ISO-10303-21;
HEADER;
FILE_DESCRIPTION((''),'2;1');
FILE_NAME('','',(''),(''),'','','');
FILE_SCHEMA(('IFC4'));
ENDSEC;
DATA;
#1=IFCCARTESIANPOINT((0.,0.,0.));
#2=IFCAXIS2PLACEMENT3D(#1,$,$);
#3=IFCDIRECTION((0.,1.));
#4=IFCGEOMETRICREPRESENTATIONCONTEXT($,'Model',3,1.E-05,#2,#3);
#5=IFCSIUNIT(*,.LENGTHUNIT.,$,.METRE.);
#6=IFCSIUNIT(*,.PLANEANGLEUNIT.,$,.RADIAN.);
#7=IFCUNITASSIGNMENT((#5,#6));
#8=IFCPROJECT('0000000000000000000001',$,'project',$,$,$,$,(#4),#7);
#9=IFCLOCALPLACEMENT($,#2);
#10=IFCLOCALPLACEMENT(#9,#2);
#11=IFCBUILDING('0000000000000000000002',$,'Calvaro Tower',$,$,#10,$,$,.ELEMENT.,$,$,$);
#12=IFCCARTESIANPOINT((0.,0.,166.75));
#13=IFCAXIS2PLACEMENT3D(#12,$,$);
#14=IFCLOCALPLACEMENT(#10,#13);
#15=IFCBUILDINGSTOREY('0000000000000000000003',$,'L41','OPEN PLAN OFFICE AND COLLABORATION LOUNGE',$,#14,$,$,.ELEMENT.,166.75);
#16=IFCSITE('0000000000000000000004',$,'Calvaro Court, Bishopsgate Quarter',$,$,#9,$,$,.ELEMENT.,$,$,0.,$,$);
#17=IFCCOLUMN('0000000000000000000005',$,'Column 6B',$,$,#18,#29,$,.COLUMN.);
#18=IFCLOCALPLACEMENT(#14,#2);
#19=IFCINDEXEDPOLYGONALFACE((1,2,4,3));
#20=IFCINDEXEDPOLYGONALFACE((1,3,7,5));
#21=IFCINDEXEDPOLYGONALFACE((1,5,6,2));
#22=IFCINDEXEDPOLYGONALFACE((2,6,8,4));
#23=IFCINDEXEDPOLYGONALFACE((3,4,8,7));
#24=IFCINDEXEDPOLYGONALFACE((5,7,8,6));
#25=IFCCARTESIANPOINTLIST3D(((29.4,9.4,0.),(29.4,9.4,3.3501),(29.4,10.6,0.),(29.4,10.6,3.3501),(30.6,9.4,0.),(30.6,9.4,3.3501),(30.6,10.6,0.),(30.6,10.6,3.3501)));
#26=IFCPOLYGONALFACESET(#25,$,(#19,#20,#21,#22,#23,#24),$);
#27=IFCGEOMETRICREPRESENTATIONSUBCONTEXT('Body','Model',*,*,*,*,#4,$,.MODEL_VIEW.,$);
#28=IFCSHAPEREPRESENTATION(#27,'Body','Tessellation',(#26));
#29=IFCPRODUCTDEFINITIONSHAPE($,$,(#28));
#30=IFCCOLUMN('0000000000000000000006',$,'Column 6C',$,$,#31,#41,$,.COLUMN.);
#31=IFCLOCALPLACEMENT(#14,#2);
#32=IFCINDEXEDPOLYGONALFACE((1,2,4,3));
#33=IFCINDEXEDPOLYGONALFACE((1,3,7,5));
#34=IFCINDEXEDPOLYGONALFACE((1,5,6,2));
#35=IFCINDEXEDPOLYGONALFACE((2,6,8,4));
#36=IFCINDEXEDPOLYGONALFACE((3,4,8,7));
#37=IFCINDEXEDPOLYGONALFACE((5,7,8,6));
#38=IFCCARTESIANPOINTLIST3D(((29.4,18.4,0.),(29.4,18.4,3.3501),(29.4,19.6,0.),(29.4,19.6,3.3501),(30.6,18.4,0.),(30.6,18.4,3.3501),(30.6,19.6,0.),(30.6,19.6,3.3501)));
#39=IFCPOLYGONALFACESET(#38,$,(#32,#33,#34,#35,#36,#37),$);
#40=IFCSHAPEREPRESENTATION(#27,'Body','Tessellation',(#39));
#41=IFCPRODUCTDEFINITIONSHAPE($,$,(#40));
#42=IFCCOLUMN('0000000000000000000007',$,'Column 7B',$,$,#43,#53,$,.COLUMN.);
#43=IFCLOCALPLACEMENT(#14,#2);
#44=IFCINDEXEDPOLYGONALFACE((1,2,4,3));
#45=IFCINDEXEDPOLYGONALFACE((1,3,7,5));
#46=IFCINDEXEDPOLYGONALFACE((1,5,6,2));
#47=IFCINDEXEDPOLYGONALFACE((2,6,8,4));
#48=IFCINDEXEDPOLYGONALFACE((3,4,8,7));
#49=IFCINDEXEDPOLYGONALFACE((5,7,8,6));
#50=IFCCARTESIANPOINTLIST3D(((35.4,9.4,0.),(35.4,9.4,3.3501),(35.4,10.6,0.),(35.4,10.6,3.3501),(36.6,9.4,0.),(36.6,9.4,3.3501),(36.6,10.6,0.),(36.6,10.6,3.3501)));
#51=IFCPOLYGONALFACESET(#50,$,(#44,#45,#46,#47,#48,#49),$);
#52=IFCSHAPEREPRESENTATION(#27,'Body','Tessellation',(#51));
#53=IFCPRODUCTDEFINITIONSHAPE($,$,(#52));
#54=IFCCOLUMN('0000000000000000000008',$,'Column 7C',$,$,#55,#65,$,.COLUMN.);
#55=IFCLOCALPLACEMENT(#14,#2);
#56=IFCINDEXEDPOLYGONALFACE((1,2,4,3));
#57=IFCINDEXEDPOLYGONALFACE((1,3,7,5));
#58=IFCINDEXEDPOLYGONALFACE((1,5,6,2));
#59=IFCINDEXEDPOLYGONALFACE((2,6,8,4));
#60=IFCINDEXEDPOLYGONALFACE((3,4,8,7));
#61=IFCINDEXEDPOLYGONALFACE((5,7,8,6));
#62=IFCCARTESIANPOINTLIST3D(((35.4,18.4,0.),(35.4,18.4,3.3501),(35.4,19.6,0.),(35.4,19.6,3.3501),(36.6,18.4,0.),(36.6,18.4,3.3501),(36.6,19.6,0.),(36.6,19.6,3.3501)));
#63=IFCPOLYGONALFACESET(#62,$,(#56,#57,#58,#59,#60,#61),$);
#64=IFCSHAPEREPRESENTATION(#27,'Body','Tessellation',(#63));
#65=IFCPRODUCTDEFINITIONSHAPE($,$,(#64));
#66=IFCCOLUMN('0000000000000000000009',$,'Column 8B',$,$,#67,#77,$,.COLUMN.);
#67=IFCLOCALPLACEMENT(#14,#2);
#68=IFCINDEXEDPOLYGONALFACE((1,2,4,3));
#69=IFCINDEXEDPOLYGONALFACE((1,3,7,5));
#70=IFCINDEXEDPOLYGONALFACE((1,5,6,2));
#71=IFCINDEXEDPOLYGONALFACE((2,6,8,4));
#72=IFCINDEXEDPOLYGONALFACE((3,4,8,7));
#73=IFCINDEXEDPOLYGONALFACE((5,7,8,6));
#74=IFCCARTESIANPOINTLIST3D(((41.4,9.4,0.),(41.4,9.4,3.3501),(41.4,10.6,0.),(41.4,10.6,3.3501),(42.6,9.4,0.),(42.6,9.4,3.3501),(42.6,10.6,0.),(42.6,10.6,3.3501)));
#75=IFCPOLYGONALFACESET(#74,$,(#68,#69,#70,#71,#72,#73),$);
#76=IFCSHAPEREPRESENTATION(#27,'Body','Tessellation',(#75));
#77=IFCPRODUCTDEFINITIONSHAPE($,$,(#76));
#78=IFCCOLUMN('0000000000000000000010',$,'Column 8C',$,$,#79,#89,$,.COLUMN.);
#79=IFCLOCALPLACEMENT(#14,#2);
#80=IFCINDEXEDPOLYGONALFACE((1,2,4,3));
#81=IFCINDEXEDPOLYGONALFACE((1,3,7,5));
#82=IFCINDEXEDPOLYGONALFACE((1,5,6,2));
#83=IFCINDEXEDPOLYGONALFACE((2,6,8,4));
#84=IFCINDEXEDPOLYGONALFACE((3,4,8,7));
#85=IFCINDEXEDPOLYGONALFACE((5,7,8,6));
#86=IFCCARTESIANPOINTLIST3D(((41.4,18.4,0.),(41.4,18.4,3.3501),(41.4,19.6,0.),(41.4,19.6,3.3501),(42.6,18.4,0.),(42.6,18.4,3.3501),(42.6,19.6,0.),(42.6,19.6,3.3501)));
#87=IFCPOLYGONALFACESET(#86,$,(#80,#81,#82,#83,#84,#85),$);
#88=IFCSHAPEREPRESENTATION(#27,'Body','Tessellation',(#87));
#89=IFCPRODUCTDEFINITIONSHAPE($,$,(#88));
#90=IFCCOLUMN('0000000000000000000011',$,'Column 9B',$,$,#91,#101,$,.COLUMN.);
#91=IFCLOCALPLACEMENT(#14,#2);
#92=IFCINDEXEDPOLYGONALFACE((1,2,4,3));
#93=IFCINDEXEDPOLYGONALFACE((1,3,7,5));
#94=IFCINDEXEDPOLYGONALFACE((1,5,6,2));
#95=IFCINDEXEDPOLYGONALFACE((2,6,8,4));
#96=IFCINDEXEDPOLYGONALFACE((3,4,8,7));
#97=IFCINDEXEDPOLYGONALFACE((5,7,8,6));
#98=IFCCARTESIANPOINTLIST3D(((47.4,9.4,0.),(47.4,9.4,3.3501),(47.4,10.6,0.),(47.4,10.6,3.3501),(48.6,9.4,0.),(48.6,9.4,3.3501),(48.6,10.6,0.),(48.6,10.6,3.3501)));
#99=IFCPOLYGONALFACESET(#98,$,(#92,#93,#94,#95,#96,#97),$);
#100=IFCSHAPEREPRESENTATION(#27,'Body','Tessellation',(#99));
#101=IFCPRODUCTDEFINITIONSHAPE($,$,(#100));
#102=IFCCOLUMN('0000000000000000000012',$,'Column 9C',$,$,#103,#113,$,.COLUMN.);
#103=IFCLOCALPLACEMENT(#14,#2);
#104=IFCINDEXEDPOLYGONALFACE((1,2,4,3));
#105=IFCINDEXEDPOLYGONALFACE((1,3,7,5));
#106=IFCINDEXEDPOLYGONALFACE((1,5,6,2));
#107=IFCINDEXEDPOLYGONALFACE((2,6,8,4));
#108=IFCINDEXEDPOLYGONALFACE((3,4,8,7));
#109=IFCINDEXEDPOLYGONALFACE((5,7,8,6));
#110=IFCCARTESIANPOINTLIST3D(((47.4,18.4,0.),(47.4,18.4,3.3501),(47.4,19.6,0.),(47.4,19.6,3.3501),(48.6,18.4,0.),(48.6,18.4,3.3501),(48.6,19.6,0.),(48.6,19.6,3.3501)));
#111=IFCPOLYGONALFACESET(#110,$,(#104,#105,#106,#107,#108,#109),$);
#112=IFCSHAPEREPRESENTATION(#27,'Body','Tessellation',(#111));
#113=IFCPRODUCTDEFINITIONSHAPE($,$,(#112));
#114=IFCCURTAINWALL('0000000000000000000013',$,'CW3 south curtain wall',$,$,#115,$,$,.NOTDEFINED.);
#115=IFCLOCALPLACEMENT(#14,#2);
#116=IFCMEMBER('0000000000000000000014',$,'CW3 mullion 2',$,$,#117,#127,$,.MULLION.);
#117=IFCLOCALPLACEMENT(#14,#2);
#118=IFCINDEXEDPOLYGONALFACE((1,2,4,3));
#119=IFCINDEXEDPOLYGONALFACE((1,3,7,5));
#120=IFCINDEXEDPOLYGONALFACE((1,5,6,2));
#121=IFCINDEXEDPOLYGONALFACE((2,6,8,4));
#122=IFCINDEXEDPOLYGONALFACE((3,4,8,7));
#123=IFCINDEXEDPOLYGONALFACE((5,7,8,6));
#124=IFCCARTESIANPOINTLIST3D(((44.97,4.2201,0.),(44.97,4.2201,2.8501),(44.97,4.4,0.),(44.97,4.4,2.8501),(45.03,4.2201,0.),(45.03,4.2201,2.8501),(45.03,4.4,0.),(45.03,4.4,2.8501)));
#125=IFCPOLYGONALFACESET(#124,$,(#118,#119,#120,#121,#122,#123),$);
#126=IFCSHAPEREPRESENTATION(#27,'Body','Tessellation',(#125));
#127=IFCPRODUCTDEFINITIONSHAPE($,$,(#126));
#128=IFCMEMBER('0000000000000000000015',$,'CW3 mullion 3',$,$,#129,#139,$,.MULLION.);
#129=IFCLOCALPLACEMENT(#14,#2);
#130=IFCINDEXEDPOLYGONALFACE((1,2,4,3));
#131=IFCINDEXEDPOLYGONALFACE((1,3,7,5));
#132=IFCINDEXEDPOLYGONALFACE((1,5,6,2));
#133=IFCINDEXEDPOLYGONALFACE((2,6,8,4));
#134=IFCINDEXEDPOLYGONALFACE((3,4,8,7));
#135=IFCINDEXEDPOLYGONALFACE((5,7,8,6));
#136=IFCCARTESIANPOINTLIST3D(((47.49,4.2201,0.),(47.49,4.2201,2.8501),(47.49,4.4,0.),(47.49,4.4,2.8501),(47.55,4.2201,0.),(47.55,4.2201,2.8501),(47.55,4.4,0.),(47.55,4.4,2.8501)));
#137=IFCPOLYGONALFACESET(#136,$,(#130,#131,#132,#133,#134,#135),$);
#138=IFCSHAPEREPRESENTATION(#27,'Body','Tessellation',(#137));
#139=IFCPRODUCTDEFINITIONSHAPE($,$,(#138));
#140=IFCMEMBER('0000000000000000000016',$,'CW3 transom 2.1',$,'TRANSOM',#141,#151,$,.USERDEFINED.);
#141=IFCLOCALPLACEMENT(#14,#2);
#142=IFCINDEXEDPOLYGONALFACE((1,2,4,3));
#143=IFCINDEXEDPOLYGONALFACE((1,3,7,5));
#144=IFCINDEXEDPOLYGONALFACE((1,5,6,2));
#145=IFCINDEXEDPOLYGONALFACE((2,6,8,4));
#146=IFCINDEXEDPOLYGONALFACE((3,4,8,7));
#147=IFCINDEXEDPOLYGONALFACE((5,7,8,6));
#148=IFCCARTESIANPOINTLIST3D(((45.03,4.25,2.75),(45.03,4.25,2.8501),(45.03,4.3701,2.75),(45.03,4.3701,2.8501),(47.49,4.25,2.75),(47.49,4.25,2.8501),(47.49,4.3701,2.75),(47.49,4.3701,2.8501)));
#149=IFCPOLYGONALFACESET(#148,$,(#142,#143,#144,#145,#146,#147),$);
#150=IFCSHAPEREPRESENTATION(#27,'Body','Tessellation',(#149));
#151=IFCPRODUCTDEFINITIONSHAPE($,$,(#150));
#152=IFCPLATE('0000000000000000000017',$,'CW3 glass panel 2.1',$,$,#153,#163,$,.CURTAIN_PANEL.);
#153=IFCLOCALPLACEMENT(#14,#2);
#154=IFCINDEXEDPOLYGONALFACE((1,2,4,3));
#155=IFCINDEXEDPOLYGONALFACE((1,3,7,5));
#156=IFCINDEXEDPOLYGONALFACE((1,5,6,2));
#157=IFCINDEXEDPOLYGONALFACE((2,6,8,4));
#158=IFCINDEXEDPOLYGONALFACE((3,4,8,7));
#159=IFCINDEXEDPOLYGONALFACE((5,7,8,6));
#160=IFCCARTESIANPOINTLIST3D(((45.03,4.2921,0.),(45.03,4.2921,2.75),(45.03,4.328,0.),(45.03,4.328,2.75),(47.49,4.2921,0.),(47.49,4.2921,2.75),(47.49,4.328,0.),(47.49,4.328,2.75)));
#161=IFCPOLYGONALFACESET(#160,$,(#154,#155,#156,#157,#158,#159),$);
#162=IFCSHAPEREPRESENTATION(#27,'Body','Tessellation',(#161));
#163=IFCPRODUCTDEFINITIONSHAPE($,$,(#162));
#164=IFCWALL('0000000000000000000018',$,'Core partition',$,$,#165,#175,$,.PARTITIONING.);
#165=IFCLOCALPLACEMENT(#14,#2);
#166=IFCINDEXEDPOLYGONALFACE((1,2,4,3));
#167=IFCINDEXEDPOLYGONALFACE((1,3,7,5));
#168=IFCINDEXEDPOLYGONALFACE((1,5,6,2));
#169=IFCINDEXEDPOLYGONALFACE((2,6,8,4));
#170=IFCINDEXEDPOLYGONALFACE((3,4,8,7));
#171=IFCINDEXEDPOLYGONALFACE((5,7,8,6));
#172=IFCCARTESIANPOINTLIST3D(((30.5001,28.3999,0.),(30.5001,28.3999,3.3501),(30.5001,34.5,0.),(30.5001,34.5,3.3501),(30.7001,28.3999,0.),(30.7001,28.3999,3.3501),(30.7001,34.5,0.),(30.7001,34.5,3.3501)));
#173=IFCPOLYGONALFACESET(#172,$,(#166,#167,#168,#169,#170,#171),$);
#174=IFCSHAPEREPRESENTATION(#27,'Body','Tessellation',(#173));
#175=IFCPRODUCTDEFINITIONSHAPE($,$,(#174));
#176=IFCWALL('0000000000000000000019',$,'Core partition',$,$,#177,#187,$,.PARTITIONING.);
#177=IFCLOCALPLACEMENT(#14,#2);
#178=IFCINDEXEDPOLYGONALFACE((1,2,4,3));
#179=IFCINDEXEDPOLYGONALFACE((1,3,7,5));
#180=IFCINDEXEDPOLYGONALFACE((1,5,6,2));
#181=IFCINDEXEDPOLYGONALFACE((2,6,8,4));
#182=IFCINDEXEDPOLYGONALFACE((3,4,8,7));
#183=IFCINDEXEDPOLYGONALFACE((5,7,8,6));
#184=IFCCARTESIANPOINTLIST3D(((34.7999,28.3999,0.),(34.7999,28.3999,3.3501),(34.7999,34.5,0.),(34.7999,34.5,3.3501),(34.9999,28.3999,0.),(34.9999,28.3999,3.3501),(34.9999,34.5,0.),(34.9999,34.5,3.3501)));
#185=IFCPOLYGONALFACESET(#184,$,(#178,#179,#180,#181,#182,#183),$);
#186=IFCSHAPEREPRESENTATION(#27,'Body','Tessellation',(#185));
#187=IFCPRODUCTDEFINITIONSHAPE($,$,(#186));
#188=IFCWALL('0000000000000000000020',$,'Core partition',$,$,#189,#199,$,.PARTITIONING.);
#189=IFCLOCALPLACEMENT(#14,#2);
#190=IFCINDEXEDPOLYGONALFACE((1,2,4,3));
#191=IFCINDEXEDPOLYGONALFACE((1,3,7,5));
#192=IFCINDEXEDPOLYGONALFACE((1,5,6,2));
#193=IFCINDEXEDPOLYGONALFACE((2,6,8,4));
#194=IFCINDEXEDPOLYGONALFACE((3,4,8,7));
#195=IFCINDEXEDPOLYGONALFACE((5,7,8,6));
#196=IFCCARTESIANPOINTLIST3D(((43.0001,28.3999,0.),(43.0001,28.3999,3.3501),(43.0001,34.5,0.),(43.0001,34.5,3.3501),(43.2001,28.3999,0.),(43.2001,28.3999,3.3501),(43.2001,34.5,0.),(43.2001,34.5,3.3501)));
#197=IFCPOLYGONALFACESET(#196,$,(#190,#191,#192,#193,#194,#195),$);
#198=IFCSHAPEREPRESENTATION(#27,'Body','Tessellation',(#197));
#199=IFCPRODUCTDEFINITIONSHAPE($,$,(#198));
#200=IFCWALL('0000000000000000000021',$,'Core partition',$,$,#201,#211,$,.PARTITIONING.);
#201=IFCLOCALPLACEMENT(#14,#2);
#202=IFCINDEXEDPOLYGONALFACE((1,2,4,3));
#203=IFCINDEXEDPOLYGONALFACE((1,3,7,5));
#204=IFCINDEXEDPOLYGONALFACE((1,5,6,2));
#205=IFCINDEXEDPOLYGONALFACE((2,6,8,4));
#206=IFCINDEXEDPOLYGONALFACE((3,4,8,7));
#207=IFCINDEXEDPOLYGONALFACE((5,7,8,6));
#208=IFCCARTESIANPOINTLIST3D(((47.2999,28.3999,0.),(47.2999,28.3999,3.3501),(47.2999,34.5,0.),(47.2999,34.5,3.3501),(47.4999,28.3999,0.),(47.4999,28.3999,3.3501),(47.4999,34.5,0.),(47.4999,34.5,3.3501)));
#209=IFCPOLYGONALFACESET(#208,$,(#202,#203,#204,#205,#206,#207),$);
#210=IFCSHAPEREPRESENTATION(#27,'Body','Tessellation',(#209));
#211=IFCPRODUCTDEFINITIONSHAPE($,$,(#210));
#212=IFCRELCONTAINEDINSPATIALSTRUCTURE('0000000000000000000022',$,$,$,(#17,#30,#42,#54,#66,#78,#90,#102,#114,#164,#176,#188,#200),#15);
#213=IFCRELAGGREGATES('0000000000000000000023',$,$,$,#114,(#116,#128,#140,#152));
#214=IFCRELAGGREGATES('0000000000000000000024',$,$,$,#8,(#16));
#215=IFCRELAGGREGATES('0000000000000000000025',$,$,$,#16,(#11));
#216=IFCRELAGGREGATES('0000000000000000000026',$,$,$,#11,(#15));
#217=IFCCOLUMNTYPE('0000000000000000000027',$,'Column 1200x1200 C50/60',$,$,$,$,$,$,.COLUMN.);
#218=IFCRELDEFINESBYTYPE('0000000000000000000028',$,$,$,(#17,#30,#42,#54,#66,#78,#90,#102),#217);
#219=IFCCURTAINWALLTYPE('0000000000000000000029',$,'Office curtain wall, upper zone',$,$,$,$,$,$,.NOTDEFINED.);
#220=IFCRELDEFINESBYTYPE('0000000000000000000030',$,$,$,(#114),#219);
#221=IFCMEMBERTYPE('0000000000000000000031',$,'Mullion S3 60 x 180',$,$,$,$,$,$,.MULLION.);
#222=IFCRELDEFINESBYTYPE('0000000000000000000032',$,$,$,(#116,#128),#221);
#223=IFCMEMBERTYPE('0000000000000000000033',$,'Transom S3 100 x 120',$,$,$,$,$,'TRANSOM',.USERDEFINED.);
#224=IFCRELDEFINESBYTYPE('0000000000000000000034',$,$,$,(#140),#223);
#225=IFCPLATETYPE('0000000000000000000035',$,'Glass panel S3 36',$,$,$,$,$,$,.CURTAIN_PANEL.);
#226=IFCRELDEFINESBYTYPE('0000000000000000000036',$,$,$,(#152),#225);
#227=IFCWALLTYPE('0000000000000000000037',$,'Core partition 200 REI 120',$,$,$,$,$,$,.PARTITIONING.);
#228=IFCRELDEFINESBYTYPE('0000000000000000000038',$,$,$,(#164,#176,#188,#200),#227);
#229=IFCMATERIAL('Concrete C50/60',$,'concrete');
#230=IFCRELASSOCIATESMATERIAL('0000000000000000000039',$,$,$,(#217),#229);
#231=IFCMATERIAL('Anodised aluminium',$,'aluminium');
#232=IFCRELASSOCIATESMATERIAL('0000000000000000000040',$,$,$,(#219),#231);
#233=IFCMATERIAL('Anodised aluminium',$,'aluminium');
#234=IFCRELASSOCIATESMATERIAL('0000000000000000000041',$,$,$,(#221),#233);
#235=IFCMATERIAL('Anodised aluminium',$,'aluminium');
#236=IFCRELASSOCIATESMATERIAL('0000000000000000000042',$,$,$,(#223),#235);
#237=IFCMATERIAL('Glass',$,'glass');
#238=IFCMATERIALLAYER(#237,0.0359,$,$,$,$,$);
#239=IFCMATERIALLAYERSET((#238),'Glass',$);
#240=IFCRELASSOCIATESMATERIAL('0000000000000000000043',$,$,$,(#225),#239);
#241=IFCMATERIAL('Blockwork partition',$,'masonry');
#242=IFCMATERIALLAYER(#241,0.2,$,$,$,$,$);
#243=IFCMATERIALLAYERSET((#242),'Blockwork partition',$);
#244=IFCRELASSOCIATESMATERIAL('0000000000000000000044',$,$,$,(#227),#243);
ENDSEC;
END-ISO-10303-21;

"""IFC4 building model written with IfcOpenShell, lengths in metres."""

from ifc_helpers import new_model, si_unit, direction, frame, frame_2d, origin, origin_2d, place, context, subcontext, project, spatial, rectangle, extrude, material, layer, layer_set, material_profile, profile_set, type_object, element, aggregate, save


model = new_model("IFC4")

# Units and contexts
model_context = context("Model", 3, precision=1e-05, world=origin(), true_north=direction((0.0, 1.0)))
body_context = subcontext(model_context, "Body", "Model", "MODEL_VIEW")
ifc_project = project(units=[si_unit("LENGTHUNIT", "METRE"), si_unit("PLANEANGLEUNIT", "RADIAN")], contexts=[model_context])

# Site, building, storey
site_placement = place(None, origin())
site = spatial("IfcSite", under=ifc_project, at=site_placement, Name="Calvaro Court, Bishopsgate Quarter", CompositionType="ELEMENT", RefElevation=0.0)
building_placement = place(site_placement, origin())
building = spatial("IfcBuilding", under=site, at=building_placement, Name="Calvaro Tower", CompositionType="ELEMENT")
storey_placement = place(building_placement, frame((0.0, 0.0, 166.75)))
storey = spatial("IfcBuildingStorey", under=building, at=storey_placement, Name="L41", Description="OPEN PLAN OFFICE AND COLLABORATION LOUNGE", CompositionType="ELEMENT", Elevation=166.75)

# Columns
ifc_material_1 = material(Name="Concrete C50/60", Category="concrete")
ifc_material_profile_1 = material_profile(ifc_material_1, rectangle(XDim=1.2, YDim=1.2, at=origin_2d()), Name="RC 1200x1200")
ifc_profile_set_1 = profile_set([ifc_material_profile_1], Name="Concrete C50/60")
column_type = type_object("IfcColumnType", Name="Column 1200x1200 C50/60", PredefinedType="COLUMN", material=ifc_profile_set_1)
for number, where, z_axis, x_axis, name in (
    (1, (30.0, 10.0, 0.0), (0.0, 0.0, 1.0), (1.0, 0.0, 0.0), "Column 6B"),
    (2, (30.0, 19.0, 0.0), (0.0, 0.0, 1.0), (1.0, 0.0, 0.0), "Column 6C"),
    (3, (36.0, 10.0, 0.0), (0.0, 0.0, 1.0), (1.0, 0.0, 0.0), "Column 7B"),
    (4, (36.0, 19.0, 0.0), (0.0, 0.0, 1.0), (1.0, 0.0, 0.0), "Column 7C"),
    (5, (42.0, 10.0, 0.0), (0.0, 0.0, 1.0), (1.0, 0.0, 0.0), "Column 8B"),
    (6, (42.0, 19.0, 0.0), (0.0, 0.0, 1.0), (1.0, 0.0, 0.0), "Column 8C"),
    (7, (48.0, 10.0, 0.0), (0.0, 0.0, 1.0), (1.0, 0.0, 0.0), "Column 9B"),
    (8, (48.0, 19.0, 0.0), (0.0, 0.0, 1.0), (1.0, 0.0, 0.0), "Column 9C"),
):
    element("IfcColumn", number, at=place(storey_placement, frame(where, z_axis=z_axis, x_axis=x_axis)), inside=storey, type_object=column_type, Name=name, PredefinedType="COLUMN", context=body_context, shape_type="SweptSolid", body=[
        extrude(rectangle(XDim=1.2, YDim=1.2, at=origin_2d()), origin(), (0.0, 0.0, 1.0), 3.3501),
    ])

# Curtain wall, members, plate
ifc_material_2 = material(Name="Anodised aluminium", Category="aluminium")
curtain_wall_type = type_object("IfcCurtainWallType", Name="Office curtain wall, upper zone", PredefinedType="NOTDEFINED", material=ifc_material_2)
curtain_wall_placement = place(storey_placement, origin())
curtain_wall = element("IfcCurtainWall", 9, at=curtain_wall_placement, inside=storey, type_object=curtain_wall_type, Name="CW3 south curtain wall", PredefinedType="NOTDEFINED")
ifc_material_3 = material(Name="Anodised aluminium", Category="aluminium")
ifc_material_profile_2 = material_profile(ifc_material_3, rectangle(XDim=0.1799, YDim=0.0601, at=origin_2d()), Name="Mullion S3 60 x 180")
ifc_profile_set_2 = profile_set([ifc_material_profile_2], Name="Anodised aluminium")
member_type_1 = type_object("IfcMemberType", Name="Mullion S3 60 x 180", PredefinedType="MULLION", material=ifc_profile_set_2)
member_1_placement = place(storey_placement, frame((45.0, 4.3101, 0.0), z_axis=(0.0, 0.0, 1.0), x_axis=(0.0, 1.0, 0.0)))
member_1 = element("IfcMember", 10, at=member_1_placement, type_object=member_type_1, Name="CW3 mullion 2", PredefinedType="MULLION", context=body_context, shape_type="SweptSolid", body=[
    extrude(rectangle(XDim=0.1799, YDim=0.0601, at=origin_2d()), origin(), (0.0, 0.0, 1.0), 2.8501),
])
member_2_placement = place(storey_placement, frame((47.52, 4.3101, 0.0), z_axis=(0.0, 0.0, 1.0), x_axis=(0.0, 1.0, 0.0)))
member_2 = element("IfcMember", 11, at=member_2_placement, type_object=member_type_1, Name="CW3 mullion 3", PredefinedType="MULLION", context=body_context, shape_type="SweptSolid", body=[
    extrude(rectangle(XDim=0.1799, YDim=0.0601, at=origin_2d()), origin(), (0.0, 0.0, 1.0), 2.8501),
])
ifc_material_4 = material(Name="Anodised aluminium", Category="aluminium")
ifc_material_profile_3 = material_profile(ifc_material_4, rectangle(XDim=0.1201, YDim=0.1001, at=origin_2d()), Name="Transom S3 100 x 120")
ifc_profile_set_3 = profile_set([ifc_material_profile_3], Name="Anodised aluminium")
member_type_2 = type_object("IfcMemberType", Name="Transom S3 100 x 120", ElementType="TRANSOM", PredefinedType="USERDEFINED", material=ifc_profile_set_3)
member_3_placement = place(storey_placement, frame((45.03, 4.3101, 2.8), z_axis=(1.0, 0.0, 0.0), x_axis=(0.0, 1.0, 0.0)))
member_3 = element("IfcMember", 12, at=member_3_placement, type_object=member_type_2, Name="CW3 transom 2.1", ObjectType="TRANSOM", PredefinedType="USERDEFINED", context=body_context, shape_type="SweptSolid", body=[
    extrude(rectangle(XDim=0.1201, YDim=0.1001, at=origin_2d()), origin(), (0.0, 0.0, 1.0), 2.46),
])
ifc_material_5 = material(Name="Glass", Category="glass")
ifc_layer_1 = layer(ifc_material_5, 0.0359)
ifc_layer_set_1 = layer_set([ifc_layer_1], Name="Glass")
plate_type = type_object("IfcPlateType", Name="Glass panel S3 36", PredefinedType="CURTAIN_PANEL", material=ifc_layer_set_1)
plate_placement = place(storey_placement, frame((46.26, 4.3101, 0.0), z_axis=(0.0, 0.0, 1.0), x_axis=(1.0, 0.0, 0.0)))
plate = element("IfcPlate", 13, at=plate_placement, type_object=plate_type, Name="CW3 glass panel 2.1", PredefinedType="CURTAIN_PANEL", context=body_context, shape_type="SweptSolid", body=[
    extrude(rectangle(XDim=2.46, YDim=0.0359, at=origin_2d()), origin(), (0.0, 0.0, 1.0), 2.75),
])
aggregate(curtain_wall, [member_1, member_2, member_3, plate])

# Walls
ifc_material_6 = material(Name="Blockwork partition", Category="masonry")
ifc_layer_2 = layer(ifc_material_6, 0.2)
ifc_layer_set_2 = layer_set([ifc_layer_2], Name="Blockwork partition")
wall_type_1 = type_object("IfcWallType", Name="Core partition 200 REI 120", PredefinedType="PARTITIONING", material=ifc_layer_set_2)
for number, where, z_axis, x_axis, name in (
    (14, (30.6001, 28.3999, 0.0), (0.0, 0.0, 1.0), (0.0, 1.0, 0.0), "Core partition"),
    (15, (34.8999, 28.3999, 0.0), (0.0, 0.0, 1.0), (0.0, 1.0, 0.0), "Core partition"),
    (16, (43.1001, 28.3999, 0.0), (0.0, 0.0, 1.0), (0.0, 1.0, 0.0), "Core partition"),
    (17, (47.3999, 28.3999, 0.0), (0.0, 0.0, 1.0), (0.0, 1.0, 0.0), "Core partition"),
):
    element("IfcWall", number, at=place(storey_placement, frame(where, z_axis=z_axis, x_axis=x_axis)), inside=storey, type_object=wall_type_1, Name=name, PredefinedType="PARTITIONING", context=body_context, shape_type="SweptSolid", body=[
        extrude(rectangle(XDim=6.1001, YDim=0.2, at=frame_2d((3.05, 0.0))), origin(), (0.0, 0.0, 1.0), 3.3501),
    ])

save(model, "model.ifc")
